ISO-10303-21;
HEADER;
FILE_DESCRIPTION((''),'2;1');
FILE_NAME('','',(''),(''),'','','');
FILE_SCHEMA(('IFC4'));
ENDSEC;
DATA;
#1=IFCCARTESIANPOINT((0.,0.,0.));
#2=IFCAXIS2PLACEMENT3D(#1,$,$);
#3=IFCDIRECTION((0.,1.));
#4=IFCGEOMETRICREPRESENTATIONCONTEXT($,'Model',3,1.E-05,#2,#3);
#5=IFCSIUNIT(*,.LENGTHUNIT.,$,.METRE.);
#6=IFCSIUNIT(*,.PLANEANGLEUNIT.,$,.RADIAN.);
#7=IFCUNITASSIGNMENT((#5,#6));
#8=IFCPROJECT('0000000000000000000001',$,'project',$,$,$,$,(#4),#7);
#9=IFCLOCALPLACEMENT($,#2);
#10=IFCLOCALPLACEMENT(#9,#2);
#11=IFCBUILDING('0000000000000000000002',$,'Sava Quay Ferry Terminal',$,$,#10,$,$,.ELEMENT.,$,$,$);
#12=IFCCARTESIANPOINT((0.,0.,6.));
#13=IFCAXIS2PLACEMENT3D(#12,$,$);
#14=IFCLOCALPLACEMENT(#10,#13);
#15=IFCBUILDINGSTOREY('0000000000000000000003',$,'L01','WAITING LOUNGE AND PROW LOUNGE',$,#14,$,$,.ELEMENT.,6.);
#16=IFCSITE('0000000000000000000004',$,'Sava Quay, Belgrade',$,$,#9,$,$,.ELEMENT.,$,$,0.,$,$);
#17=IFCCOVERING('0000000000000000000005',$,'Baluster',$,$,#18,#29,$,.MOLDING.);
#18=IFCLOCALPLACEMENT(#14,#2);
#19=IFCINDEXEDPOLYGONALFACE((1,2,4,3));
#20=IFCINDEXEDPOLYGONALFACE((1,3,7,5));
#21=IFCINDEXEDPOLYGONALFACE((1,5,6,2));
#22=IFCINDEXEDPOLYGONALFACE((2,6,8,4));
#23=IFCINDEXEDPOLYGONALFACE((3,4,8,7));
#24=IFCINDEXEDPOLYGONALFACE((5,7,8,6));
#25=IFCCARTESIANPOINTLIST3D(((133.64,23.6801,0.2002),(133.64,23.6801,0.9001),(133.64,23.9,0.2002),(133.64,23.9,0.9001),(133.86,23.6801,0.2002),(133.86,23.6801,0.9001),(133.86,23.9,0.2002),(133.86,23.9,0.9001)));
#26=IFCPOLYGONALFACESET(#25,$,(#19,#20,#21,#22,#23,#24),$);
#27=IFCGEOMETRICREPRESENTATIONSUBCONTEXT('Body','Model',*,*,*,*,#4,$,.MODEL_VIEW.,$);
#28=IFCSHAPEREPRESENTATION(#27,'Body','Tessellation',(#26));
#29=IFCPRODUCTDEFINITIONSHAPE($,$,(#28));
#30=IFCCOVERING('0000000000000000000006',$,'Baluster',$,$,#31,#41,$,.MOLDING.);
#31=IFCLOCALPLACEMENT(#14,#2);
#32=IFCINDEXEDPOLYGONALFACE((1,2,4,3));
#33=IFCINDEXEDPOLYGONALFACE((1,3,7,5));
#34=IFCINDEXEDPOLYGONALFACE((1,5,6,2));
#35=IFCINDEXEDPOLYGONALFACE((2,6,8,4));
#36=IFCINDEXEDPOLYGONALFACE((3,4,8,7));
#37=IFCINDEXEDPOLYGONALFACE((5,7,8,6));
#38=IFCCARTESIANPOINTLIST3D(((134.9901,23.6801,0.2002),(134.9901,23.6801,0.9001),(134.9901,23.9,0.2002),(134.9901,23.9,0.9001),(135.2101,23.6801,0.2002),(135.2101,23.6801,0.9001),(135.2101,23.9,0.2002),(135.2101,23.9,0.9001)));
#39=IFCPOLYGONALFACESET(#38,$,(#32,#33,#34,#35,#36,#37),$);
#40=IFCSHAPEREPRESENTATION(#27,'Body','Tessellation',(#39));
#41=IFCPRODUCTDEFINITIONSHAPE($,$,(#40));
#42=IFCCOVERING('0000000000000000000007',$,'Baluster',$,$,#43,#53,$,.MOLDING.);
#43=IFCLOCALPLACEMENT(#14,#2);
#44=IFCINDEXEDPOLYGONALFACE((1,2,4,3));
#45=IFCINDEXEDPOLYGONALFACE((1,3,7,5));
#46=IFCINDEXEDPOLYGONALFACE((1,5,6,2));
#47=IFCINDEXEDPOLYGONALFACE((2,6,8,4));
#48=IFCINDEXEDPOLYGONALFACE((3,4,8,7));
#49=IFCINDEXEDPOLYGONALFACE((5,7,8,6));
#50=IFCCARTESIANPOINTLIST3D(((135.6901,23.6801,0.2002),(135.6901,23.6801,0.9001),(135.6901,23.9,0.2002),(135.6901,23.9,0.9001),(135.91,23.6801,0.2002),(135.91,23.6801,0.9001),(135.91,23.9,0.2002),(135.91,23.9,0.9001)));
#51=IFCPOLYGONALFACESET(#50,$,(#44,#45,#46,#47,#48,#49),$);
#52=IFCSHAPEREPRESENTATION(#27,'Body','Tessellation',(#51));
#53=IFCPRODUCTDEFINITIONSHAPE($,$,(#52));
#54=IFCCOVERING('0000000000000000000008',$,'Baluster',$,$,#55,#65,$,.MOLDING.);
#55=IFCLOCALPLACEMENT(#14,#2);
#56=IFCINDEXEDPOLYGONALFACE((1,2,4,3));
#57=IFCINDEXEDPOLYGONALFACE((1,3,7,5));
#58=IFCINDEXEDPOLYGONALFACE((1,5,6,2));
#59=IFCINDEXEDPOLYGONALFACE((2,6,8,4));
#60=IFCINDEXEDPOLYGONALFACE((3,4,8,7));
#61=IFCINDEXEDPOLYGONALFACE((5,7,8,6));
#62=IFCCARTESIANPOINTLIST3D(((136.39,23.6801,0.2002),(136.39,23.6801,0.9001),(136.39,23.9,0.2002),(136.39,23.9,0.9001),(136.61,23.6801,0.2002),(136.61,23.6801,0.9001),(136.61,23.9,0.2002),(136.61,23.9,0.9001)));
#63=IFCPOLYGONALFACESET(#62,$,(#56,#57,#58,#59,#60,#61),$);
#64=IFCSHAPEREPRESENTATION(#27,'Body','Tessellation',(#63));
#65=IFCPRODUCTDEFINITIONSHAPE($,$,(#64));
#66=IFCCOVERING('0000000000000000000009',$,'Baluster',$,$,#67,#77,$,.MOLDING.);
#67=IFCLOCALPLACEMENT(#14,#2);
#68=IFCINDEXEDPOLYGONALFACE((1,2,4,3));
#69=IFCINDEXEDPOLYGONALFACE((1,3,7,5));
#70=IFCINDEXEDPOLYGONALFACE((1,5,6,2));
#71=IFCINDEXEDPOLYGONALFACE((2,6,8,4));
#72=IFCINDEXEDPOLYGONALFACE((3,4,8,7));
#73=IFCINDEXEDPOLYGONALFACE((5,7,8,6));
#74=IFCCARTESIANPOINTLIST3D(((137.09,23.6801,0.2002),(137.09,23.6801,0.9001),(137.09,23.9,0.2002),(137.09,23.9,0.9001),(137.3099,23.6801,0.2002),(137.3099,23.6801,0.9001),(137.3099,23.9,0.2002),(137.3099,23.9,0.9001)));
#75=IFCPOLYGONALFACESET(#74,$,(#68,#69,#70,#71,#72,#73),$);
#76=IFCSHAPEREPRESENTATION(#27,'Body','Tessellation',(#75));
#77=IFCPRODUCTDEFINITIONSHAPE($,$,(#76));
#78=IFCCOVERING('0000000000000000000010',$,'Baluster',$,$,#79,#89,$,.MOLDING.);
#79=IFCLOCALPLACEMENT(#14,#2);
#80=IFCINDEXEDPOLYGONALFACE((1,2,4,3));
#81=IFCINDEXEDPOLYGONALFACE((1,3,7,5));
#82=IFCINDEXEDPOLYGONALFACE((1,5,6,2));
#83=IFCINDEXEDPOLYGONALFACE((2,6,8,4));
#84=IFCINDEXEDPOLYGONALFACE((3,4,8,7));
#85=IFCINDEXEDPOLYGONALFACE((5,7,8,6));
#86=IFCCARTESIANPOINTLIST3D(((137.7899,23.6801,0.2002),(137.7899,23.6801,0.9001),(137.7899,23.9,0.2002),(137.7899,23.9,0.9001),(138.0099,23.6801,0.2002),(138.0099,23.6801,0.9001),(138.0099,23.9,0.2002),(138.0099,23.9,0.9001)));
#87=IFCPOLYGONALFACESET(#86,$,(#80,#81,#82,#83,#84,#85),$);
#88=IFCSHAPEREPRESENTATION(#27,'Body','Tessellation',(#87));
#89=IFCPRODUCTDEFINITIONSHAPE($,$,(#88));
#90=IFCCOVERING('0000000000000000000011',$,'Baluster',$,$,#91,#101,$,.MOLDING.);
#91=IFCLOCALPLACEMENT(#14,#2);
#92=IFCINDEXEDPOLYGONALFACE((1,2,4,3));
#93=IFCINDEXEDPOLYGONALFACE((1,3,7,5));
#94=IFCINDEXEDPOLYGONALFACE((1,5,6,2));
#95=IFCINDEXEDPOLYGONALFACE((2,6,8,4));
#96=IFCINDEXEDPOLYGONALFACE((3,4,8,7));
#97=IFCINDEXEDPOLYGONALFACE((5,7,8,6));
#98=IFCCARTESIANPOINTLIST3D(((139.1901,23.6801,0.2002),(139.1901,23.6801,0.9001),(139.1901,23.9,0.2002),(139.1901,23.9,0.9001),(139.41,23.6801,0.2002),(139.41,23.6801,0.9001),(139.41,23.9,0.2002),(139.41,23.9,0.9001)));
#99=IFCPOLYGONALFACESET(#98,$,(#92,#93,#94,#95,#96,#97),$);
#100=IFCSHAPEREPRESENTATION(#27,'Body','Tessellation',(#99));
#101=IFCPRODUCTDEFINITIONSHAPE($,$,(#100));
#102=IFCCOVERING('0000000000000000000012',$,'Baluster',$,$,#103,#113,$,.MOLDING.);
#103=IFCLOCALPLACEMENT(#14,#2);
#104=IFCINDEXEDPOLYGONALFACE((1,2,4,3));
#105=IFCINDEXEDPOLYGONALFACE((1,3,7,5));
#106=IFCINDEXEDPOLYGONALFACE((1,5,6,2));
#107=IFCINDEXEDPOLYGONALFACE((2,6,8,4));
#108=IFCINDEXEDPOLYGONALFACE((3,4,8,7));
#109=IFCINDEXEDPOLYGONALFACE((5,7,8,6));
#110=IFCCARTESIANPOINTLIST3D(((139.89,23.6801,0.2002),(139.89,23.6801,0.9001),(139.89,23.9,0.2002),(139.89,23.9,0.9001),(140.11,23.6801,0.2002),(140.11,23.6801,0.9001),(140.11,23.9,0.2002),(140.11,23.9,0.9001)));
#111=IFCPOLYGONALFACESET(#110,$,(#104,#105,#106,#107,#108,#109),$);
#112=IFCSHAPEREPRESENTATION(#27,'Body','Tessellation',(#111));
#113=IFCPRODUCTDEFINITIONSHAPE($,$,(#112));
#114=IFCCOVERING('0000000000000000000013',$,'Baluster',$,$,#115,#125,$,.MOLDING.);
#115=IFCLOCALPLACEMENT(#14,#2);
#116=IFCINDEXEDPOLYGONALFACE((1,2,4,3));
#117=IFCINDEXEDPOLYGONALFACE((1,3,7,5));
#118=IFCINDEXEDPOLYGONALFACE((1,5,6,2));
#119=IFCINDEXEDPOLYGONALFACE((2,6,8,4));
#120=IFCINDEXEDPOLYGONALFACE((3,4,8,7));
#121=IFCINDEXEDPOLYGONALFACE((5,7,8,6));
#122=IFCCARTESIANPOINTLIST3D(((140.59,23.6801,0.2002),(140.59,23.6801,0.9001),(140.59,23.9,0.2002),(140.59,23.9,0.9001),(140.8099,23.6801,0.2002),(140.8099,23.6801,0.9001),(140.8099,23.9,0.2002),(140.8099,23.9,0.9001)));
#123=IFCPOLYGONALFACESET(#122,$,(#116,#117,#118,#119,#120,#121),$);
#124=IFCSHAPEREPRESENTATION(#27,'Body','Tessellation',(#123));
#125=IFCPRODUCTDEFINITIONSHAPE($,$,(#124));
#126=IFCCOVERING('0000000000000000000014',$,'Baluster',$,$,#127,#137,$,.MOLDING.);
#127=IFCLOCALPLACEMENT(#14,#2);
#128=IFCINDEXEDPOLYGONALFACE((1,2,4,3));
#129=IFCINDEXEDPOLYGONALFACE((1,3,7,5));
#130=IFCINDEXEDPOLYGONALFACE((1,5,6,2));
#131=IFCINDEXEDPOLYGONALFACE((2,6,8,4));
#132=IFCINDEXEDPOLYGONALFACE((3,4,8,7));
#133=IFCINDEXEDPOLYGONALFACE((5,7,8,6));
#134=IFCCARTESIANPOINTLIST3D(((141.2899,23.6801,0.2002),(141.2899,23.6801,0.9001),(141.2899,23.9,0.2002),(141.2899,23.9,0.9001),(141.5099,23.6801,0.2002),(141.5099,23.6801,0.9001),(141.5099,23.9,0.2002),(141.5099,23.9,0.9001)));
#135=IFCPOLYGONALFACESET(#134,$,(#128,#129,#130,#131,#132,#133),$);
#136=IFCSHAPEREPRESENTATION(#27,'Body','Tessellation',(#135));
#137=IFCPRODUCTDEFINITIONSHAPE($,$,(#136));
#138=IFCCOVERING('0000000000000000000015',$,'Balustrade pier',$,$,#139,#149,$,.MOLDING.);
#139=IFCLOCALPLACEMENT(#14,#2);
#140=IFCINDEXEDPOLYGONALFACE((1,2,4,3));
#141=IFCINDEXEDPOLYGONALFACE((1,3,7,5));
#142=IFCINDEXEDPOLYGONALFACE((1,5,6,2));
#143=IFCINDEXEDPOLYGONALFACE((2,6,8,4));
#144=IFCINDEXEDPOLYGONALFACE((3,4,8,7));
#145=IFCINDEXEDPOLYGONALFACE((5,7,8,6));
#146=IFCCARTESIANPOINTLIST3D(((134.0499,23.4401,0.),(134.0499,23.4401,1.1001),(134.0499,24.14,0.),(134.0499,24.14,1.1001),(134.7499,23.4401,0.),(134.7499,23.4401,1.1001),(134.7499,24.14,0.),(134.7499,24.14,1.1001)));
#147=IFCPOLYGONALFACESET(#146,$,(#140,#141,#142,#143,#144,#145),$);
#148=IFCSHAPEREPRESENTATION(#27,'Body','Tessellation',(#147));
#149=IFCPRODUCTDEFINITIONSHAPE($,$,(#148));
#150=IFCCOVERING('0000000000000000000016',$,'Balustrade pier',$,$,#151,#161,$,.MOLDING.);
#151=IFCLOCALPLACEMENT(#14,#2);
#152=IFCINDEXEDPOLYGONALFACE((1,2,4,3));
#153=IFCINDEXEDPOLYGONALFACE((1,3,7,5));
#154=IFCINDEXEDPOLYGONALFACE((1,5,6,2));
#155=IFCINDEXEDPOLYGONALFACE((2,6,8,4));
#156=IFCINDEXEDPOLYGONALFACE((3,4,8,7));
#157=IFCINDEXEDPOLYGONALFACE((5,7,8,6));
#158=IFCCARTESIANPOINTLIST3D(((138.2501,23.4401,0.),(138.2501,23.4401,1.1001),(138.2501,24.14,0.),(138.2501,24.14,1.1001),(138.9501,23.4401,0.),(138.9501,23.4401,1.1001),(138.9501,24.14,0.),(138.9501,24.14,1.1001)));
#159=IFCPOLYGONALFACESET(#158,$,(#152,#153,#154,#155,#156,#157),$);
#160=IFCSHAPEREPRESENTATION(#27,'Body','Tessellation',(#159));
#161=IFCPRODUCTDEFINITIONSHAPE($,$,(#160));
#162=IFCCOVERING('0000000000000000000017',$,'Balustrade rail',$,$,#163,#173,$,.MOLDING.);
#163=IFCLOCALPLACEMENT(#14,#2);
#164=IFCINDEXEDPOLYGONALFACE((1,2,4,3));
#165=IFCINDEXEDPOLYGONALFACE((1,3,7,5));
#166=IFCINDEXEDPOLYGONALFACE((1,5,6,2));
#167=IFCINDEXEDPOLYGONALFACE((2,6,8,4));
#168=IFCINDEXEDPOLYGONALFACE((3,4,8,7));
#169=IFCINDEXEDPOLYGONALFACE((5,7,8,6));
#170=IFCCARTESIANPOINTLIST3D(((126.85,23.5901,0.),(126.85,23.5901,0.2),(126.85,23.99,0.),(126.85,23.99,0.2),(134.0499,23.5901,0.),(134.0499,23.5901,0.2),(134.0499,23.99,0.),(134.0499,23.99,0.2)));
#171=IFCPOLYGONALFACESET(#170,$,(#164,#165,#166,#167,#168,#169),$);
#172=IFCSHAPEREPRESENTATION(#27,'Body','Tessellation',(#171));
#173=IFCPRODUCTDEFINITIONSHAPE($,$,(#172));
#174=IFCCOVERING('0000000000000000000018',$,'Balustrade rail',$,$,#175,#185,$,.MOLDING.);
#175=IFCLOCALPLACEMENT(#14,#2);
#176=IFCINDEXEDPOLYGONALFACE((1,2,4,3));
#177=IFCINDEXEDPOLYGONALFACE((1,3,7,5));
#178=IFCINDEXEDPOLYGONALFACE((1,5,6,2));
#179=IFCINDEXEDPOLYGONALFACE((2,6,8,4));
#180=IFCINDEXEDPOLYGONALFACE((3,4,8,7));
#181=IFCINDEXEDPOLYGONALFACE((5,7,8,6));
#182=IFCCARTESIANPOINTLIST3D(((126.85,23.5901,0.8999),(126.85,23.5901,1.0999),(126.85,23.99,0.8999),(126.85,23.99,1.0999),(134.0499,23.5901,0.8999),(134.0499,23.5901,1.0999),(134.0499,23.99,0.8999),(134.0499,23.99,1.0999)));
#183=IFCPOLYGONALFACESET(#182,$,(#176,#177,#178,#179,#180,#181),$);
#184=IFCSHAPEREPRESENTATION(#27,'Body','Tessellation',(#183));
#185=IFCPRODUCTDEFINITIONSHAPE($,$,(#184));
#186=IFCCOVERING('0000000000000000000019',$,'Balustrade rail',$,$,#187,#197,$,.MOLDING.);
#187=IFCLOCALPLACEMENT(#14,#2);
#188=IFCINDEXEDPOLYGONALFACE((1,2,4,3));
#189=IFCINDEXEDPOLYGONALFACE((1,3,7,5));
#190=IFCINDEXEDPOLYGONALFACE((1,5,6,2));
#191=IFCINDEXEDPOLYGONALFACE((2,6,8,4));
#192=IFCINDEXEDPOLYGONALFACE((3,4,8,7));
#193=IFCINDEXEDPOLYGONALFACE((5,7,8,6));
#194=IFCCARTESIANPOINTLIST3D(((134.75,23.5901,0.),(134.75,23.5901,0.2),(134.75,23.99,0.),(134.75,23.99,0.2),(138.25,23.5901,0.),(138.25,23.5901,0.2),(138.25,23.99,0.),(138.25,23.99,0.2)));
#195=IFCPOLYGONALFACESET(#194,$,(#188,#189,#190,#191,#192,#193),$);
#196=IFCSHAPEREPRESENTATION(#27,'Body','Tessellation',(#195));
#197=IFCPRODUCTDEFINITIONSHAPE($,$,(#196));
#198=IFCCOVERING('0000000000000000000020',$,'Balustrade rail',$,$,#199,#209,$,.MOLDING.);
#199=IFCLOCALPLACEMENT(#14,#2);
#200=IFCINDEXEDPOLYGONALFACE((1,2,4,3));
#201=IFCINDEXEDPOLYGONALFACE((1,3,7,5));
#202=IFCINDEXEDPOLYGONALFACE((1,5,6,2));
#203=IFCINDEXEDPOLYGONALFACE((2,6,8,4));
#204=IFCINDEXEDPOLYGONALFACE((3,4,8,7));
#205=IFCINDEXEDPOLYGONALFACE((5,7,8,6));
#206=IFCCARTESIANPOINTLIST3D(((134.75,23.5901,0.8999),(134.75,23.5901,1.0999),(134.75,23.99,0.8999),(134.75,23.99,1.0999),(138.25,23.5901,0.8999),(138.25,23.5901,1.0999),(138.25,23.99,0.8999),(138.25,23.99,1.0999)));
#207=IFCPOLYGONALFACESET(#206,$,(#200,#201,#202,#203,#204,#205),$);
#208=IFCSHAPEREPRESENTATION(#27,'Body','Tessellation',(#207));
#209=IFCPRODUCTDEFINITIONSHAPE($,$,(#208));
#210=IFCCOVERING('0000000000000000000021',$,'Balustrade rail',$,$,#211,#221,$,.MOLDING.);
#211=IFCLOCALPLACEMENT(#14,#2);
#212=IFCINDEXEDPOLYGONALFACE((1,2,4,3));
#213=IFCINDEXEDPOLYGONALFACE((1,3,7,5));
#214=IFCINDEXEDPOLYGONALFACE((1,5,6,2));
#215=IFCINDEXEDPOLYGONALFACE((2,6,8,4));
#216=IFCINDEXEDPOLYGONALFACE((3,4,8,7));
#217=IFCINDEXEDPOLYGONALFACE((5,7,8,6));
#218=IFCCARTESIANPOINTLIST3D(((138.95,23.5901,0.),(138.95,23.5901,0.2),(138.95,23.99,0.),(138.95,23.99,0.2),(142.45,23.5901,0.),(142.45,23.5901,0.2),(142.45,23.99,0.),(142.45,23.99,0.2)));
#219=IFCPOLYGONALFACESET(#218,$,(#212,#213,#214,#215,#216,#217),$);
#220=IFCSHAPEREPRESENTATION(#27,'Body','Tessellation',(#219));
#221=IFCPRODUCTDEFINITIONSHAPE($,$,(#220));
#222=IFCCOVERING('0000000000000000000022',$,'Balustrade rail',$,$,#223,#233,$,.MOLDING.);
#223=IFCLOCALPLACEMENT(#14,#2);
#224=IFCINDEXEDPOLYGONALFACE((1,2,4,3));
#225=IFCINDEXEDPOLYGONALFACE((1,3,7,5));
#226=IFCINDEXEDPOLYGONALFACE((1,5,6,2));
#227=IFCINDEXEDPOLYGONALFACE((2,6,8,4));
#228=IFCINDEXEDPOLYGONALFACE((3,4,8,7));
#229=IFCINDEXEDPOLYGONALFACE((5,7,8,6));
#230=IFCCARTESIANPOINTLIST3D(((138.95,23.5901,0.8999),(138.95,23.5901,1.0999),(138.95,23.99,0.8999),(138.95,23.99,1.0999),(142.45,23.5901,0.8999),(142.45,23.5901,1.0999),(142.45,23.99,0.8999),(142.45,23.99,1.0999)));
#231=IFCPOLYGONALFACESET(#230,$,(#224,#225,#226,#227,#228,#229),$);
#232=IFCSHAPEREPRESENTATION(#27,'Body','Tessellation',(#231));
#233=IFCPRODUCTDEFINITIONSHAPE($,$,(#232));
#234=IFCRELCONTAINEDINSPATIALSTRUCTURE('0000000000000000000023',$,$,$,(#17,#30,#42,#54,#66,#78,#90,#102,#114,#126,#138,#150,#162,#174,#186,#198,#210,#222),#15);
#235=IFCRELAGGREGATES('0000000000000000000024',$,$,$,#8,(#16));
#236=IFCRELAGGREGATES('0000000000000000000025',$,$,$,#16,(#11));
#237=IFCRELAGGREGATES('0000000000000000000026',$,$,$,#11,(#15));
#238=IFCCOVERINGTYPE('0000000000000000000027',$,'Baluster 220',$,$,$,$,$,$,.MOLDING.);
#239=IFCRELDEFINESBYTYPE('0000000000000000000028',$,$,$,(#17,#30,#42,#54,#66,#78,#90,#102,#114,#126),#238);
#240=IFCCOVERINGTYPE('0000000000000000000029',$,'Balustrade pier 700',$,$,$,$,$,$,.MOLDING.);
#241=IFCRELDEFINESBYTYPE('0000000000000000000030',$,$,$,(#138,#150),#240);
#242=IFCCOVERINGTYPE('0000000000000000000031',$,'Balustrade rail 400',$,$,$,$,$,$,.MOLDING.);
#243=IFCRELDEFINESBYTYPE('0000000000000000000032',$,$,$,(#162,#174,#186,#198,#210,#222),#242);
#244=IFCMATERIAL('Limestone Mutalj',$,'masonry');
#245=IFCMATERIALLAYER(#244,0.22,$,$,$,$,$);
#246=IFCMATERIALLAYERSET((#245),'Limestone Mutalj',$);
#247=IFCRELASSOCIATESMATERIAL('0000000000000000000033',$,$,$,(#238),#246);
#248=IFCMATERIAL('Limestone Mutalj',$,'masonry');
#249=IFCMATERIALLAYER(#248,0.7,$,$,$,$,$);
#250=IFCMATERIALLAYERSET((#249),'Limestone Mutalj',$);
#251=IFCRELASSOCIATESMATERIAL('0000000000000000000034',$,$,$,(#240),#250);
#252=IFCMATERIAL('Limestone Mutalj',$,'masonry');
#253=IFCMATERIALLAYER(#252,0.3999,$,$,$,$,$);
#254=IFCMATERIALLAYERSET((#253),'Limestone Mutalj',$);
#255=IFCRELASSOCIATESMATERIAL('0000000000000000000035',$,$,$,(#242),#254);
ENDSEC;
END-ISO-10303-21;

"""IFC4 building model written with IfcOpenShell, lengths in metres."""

from ifc_helpers import new_model, si_unit, direction, frame, origin, origin_2d, place, context, subcontext, project, spatial, rectangle, extrude, material, layer, layer_set, type_object, element, save


model = new_model("IFC4")

# Units and contexts
model_context = context("Model", 3, precision=1e-05, world=origin(), true_north=direction((0.0, 1.0)))
body_context = subcontext(model_context, "Body", "Model", "MODEL_VIEW")
ifc_project = project(units=[si_unit("LENGTHUNIT", "METRE"), si_unit("PLANEANGLEUNIT", "RADIAN")], contexts=[model_context])

# Site, building, storey
site_placement = place(None, origin())
site = spatial("IfcSite", under=ifc_project, at=site_placement, Name="Sava Quay, Belgrade", CompositionType="ELEMENT", RefElevation=0.0)
building_placement = place(site_placement, origin())
building = spatial("IfcBuilding", under=site, at=building_placement, Name="Sava Quay Ferry Terminal", CompositionType="ELEMENT")
storey_placement = place(building_placement, frame((0.0, 0.0, 6.0)))
storey = spatial("IfcBuildingStorey", under=building, at=storey_placement, Name="L01", Description="WAITING LOUNGE AND PROW LOUNGE", CompositionType="ELEMENT", Elevation=6.0)

# Coverings
ifc_material_1 = material(Name="Limestone Mutalj", Category="masonry")
ifc_layer_1 = layer(ifc_material_1, 0.22)
ifc_layer_set_1 = layer_set([ifc_layer_1], Name="Limestone Mutalj")
covering_type_1 = type_object("IfcCoveringType", Name="Baluster 220", PredefinedType="MOLDING", material=ifc_layer_set_1)
for number, where, z_axis, x_axis, name in (
    (1, (133.75, 23.79, 0.2002), (0.0, 0.0, 1.0), (1.0, 0.0, 0.0), "Baluster"),
    (2, (135.1001, 23.79, 0.2002), (0.0, 0.0, 1.0), (1.0, 0.0, 0.0), "Baluster"),
    (3, (135.8, 23.79, 0.2002), (0.0, 0.0, 1.0), (1.0, 0.0, 0.0), "Baluster"),
    (4, (136.5, 23.79, 0.2002), (0.0, 0.0, 1.0), (1.0, 0.0, 0.0), "Baluster"),
    (5, (137.2, 23.79, 0.2002), (0.0, 0.0, 1.0), (1.0, 0.0, 0.0), "Baluster"),
    (6, (137.8999, 23.79, 0.2002), (0.0, 0.0, 1.0), (1.0, 0.0, 0.0), "Baluster"),
    (7, (139.3, 23.79, 0.2002), (0.0, 0.0, 1.0), (1.0, 0.0, 0.0), "Baluster"),
    (8, (140.0, 23.79, 0.2002), (0.0, 0.0, 1.0), (1.0, 0.0, 0.0), "Baluster"),
    (9, (140.7, 23.79, 0.2002), (0.0, 0.0, 1.0), (1.0, 0.0, 0.0), "Baluster"),
    (10, (141.3999, 23.79, 0.2002), (0.0, 0.0, 1.0), (1.0, 0.0, 0.0), "Baluster"),
):
    element("IfcCovering", number, at=place(storey_placement, frame(where, z_axis=z_axis, x_axis=x_axis)), inside=storey, type_object=covering_type_1, Name=name, PredefinedType="MOLDING", context=body_context, shape_type="SweptSolid", body=[
        extrude(rectangle(XDim=0.22, YDim=0.22, at=origin_2d()), origin(), (0.0, 0.0, 1.0), 0.7),
    ])
ifc_material_2 = material(Name="Limestone Mutalj", Category="masonry")
ifc_layer_2 = layer(ifc_material_2, 0.7)
ifc_layer_set_2 = layer_set([ifc_layer_2], Name="Limestone Mutalj")
covering_type_2 = type_object("IfcCoveringType", Name="Balustrade pier 700", PredefinedType="MOLDING", material=ifc_layer_set_2)
for number, where, z_axis, x_axis, name in (
    (11, (134.3999, 23.79, 0.0), (0.0, 0.0, 1.0), (1.0, 0.0, 0.0), "Balustrade pier"),
    (12, (138.6001, 23.79, 0.0), (0.0, 0.0, 1.0), (1.0, 0.0, 0.0), "Balustrade pier"),
):
    element("IfcCovering", number, at=place(storey_placement, frame(where, z_axis=z_axis, x_axis=x_axis)), inside=storey, type_object=covering_type_2, Name=name, PredefinedType="MOLDING", context=body_context, shape_type="SweptSolid", body=[
        extrude(rectangle(XDim=0.7, YDim=0.7, at=origin_2d()), origin(), (0.0, 0.0, 1.0), 1.1001),
    ])
ifc_material_3 = material(Name="Limestone Mutalj", Category="masonry")
ifc_layer_3 = layer(ifc_material_3, 0.3999)
ifc_layer_set_3 = layer_set([ifc_layer_3], Name="Limestone Mutalj")
covering_type_3 = type_object("IfcCoveringType", Name="Balustrade rail 400", PredefinedType="MOLDING", material=ifc_layer_set_3)
for number, where, z_axis, x_axis, name in (
    (13, (130.45, 23.79, 0.0), (0.0, 0.0, 1.0), (1.0, 0.0, 0.0), "Balustrade rail"),
    (14, (130.45, 23.79, 0.8999), (0.0, 0.0, 1.0), (1.0, 0.0, 0.0), "Balustrade rail"),
):
    element("IfcCovering", number, at=place(storey_placement, frame(where, z_axis=z_axis, x_axis=x_axis)), inside=storey, type_object=covering_type_3, Name=name, PredefinedType="MOLDING", context=body_context, shape_type="SweptSolid", body=[
        extrude(rectangle(XDim=7.2, YDim=0.3999, at=origin_2d()), origin(), (0.0, 0.0, 1.0), 0.2),
    ])
for number, where, z_axis, x_axis, name in (
    (15, (136.5, 23.79, 0.0), (0.0, 0.0, 1.0), (1.0, 0.0, 0.0), "Balustrade rail"),
    (16, (136.5, 23.79, 0.8999), (0.0, 0.0, 1.0), (1.0, 0.0, 0.0), "Balustrade rail"),
    (17, (140.7, 23.79, 0.0), (0.0, 0.0, 1.0), (1.0, 0.0, 0.0), "Balustrade rail"),
    (18, (140.7, 23.79, 0.8999), (0.0, 0.0, 1.0), (1.0, 0.0, 0.0), "Balustrade rail"),
):
    element("IfcCovering", number, at=place(storey_placement, frame(where, z_axis=z_axis, x_axis=x_axis)), inside=storey, type_object=covering_type_3, Name=name, PredefinedType="MOLDING", context=body_context, shape_type="SweptSolid", body=[
        extrude(rectangle(XDim=3.5, YDim=0.3999, at=origin_2d()), origin(), (0.0, 0.0, 1.0), 0.2),
    ])

save(model, "model.ifc")
